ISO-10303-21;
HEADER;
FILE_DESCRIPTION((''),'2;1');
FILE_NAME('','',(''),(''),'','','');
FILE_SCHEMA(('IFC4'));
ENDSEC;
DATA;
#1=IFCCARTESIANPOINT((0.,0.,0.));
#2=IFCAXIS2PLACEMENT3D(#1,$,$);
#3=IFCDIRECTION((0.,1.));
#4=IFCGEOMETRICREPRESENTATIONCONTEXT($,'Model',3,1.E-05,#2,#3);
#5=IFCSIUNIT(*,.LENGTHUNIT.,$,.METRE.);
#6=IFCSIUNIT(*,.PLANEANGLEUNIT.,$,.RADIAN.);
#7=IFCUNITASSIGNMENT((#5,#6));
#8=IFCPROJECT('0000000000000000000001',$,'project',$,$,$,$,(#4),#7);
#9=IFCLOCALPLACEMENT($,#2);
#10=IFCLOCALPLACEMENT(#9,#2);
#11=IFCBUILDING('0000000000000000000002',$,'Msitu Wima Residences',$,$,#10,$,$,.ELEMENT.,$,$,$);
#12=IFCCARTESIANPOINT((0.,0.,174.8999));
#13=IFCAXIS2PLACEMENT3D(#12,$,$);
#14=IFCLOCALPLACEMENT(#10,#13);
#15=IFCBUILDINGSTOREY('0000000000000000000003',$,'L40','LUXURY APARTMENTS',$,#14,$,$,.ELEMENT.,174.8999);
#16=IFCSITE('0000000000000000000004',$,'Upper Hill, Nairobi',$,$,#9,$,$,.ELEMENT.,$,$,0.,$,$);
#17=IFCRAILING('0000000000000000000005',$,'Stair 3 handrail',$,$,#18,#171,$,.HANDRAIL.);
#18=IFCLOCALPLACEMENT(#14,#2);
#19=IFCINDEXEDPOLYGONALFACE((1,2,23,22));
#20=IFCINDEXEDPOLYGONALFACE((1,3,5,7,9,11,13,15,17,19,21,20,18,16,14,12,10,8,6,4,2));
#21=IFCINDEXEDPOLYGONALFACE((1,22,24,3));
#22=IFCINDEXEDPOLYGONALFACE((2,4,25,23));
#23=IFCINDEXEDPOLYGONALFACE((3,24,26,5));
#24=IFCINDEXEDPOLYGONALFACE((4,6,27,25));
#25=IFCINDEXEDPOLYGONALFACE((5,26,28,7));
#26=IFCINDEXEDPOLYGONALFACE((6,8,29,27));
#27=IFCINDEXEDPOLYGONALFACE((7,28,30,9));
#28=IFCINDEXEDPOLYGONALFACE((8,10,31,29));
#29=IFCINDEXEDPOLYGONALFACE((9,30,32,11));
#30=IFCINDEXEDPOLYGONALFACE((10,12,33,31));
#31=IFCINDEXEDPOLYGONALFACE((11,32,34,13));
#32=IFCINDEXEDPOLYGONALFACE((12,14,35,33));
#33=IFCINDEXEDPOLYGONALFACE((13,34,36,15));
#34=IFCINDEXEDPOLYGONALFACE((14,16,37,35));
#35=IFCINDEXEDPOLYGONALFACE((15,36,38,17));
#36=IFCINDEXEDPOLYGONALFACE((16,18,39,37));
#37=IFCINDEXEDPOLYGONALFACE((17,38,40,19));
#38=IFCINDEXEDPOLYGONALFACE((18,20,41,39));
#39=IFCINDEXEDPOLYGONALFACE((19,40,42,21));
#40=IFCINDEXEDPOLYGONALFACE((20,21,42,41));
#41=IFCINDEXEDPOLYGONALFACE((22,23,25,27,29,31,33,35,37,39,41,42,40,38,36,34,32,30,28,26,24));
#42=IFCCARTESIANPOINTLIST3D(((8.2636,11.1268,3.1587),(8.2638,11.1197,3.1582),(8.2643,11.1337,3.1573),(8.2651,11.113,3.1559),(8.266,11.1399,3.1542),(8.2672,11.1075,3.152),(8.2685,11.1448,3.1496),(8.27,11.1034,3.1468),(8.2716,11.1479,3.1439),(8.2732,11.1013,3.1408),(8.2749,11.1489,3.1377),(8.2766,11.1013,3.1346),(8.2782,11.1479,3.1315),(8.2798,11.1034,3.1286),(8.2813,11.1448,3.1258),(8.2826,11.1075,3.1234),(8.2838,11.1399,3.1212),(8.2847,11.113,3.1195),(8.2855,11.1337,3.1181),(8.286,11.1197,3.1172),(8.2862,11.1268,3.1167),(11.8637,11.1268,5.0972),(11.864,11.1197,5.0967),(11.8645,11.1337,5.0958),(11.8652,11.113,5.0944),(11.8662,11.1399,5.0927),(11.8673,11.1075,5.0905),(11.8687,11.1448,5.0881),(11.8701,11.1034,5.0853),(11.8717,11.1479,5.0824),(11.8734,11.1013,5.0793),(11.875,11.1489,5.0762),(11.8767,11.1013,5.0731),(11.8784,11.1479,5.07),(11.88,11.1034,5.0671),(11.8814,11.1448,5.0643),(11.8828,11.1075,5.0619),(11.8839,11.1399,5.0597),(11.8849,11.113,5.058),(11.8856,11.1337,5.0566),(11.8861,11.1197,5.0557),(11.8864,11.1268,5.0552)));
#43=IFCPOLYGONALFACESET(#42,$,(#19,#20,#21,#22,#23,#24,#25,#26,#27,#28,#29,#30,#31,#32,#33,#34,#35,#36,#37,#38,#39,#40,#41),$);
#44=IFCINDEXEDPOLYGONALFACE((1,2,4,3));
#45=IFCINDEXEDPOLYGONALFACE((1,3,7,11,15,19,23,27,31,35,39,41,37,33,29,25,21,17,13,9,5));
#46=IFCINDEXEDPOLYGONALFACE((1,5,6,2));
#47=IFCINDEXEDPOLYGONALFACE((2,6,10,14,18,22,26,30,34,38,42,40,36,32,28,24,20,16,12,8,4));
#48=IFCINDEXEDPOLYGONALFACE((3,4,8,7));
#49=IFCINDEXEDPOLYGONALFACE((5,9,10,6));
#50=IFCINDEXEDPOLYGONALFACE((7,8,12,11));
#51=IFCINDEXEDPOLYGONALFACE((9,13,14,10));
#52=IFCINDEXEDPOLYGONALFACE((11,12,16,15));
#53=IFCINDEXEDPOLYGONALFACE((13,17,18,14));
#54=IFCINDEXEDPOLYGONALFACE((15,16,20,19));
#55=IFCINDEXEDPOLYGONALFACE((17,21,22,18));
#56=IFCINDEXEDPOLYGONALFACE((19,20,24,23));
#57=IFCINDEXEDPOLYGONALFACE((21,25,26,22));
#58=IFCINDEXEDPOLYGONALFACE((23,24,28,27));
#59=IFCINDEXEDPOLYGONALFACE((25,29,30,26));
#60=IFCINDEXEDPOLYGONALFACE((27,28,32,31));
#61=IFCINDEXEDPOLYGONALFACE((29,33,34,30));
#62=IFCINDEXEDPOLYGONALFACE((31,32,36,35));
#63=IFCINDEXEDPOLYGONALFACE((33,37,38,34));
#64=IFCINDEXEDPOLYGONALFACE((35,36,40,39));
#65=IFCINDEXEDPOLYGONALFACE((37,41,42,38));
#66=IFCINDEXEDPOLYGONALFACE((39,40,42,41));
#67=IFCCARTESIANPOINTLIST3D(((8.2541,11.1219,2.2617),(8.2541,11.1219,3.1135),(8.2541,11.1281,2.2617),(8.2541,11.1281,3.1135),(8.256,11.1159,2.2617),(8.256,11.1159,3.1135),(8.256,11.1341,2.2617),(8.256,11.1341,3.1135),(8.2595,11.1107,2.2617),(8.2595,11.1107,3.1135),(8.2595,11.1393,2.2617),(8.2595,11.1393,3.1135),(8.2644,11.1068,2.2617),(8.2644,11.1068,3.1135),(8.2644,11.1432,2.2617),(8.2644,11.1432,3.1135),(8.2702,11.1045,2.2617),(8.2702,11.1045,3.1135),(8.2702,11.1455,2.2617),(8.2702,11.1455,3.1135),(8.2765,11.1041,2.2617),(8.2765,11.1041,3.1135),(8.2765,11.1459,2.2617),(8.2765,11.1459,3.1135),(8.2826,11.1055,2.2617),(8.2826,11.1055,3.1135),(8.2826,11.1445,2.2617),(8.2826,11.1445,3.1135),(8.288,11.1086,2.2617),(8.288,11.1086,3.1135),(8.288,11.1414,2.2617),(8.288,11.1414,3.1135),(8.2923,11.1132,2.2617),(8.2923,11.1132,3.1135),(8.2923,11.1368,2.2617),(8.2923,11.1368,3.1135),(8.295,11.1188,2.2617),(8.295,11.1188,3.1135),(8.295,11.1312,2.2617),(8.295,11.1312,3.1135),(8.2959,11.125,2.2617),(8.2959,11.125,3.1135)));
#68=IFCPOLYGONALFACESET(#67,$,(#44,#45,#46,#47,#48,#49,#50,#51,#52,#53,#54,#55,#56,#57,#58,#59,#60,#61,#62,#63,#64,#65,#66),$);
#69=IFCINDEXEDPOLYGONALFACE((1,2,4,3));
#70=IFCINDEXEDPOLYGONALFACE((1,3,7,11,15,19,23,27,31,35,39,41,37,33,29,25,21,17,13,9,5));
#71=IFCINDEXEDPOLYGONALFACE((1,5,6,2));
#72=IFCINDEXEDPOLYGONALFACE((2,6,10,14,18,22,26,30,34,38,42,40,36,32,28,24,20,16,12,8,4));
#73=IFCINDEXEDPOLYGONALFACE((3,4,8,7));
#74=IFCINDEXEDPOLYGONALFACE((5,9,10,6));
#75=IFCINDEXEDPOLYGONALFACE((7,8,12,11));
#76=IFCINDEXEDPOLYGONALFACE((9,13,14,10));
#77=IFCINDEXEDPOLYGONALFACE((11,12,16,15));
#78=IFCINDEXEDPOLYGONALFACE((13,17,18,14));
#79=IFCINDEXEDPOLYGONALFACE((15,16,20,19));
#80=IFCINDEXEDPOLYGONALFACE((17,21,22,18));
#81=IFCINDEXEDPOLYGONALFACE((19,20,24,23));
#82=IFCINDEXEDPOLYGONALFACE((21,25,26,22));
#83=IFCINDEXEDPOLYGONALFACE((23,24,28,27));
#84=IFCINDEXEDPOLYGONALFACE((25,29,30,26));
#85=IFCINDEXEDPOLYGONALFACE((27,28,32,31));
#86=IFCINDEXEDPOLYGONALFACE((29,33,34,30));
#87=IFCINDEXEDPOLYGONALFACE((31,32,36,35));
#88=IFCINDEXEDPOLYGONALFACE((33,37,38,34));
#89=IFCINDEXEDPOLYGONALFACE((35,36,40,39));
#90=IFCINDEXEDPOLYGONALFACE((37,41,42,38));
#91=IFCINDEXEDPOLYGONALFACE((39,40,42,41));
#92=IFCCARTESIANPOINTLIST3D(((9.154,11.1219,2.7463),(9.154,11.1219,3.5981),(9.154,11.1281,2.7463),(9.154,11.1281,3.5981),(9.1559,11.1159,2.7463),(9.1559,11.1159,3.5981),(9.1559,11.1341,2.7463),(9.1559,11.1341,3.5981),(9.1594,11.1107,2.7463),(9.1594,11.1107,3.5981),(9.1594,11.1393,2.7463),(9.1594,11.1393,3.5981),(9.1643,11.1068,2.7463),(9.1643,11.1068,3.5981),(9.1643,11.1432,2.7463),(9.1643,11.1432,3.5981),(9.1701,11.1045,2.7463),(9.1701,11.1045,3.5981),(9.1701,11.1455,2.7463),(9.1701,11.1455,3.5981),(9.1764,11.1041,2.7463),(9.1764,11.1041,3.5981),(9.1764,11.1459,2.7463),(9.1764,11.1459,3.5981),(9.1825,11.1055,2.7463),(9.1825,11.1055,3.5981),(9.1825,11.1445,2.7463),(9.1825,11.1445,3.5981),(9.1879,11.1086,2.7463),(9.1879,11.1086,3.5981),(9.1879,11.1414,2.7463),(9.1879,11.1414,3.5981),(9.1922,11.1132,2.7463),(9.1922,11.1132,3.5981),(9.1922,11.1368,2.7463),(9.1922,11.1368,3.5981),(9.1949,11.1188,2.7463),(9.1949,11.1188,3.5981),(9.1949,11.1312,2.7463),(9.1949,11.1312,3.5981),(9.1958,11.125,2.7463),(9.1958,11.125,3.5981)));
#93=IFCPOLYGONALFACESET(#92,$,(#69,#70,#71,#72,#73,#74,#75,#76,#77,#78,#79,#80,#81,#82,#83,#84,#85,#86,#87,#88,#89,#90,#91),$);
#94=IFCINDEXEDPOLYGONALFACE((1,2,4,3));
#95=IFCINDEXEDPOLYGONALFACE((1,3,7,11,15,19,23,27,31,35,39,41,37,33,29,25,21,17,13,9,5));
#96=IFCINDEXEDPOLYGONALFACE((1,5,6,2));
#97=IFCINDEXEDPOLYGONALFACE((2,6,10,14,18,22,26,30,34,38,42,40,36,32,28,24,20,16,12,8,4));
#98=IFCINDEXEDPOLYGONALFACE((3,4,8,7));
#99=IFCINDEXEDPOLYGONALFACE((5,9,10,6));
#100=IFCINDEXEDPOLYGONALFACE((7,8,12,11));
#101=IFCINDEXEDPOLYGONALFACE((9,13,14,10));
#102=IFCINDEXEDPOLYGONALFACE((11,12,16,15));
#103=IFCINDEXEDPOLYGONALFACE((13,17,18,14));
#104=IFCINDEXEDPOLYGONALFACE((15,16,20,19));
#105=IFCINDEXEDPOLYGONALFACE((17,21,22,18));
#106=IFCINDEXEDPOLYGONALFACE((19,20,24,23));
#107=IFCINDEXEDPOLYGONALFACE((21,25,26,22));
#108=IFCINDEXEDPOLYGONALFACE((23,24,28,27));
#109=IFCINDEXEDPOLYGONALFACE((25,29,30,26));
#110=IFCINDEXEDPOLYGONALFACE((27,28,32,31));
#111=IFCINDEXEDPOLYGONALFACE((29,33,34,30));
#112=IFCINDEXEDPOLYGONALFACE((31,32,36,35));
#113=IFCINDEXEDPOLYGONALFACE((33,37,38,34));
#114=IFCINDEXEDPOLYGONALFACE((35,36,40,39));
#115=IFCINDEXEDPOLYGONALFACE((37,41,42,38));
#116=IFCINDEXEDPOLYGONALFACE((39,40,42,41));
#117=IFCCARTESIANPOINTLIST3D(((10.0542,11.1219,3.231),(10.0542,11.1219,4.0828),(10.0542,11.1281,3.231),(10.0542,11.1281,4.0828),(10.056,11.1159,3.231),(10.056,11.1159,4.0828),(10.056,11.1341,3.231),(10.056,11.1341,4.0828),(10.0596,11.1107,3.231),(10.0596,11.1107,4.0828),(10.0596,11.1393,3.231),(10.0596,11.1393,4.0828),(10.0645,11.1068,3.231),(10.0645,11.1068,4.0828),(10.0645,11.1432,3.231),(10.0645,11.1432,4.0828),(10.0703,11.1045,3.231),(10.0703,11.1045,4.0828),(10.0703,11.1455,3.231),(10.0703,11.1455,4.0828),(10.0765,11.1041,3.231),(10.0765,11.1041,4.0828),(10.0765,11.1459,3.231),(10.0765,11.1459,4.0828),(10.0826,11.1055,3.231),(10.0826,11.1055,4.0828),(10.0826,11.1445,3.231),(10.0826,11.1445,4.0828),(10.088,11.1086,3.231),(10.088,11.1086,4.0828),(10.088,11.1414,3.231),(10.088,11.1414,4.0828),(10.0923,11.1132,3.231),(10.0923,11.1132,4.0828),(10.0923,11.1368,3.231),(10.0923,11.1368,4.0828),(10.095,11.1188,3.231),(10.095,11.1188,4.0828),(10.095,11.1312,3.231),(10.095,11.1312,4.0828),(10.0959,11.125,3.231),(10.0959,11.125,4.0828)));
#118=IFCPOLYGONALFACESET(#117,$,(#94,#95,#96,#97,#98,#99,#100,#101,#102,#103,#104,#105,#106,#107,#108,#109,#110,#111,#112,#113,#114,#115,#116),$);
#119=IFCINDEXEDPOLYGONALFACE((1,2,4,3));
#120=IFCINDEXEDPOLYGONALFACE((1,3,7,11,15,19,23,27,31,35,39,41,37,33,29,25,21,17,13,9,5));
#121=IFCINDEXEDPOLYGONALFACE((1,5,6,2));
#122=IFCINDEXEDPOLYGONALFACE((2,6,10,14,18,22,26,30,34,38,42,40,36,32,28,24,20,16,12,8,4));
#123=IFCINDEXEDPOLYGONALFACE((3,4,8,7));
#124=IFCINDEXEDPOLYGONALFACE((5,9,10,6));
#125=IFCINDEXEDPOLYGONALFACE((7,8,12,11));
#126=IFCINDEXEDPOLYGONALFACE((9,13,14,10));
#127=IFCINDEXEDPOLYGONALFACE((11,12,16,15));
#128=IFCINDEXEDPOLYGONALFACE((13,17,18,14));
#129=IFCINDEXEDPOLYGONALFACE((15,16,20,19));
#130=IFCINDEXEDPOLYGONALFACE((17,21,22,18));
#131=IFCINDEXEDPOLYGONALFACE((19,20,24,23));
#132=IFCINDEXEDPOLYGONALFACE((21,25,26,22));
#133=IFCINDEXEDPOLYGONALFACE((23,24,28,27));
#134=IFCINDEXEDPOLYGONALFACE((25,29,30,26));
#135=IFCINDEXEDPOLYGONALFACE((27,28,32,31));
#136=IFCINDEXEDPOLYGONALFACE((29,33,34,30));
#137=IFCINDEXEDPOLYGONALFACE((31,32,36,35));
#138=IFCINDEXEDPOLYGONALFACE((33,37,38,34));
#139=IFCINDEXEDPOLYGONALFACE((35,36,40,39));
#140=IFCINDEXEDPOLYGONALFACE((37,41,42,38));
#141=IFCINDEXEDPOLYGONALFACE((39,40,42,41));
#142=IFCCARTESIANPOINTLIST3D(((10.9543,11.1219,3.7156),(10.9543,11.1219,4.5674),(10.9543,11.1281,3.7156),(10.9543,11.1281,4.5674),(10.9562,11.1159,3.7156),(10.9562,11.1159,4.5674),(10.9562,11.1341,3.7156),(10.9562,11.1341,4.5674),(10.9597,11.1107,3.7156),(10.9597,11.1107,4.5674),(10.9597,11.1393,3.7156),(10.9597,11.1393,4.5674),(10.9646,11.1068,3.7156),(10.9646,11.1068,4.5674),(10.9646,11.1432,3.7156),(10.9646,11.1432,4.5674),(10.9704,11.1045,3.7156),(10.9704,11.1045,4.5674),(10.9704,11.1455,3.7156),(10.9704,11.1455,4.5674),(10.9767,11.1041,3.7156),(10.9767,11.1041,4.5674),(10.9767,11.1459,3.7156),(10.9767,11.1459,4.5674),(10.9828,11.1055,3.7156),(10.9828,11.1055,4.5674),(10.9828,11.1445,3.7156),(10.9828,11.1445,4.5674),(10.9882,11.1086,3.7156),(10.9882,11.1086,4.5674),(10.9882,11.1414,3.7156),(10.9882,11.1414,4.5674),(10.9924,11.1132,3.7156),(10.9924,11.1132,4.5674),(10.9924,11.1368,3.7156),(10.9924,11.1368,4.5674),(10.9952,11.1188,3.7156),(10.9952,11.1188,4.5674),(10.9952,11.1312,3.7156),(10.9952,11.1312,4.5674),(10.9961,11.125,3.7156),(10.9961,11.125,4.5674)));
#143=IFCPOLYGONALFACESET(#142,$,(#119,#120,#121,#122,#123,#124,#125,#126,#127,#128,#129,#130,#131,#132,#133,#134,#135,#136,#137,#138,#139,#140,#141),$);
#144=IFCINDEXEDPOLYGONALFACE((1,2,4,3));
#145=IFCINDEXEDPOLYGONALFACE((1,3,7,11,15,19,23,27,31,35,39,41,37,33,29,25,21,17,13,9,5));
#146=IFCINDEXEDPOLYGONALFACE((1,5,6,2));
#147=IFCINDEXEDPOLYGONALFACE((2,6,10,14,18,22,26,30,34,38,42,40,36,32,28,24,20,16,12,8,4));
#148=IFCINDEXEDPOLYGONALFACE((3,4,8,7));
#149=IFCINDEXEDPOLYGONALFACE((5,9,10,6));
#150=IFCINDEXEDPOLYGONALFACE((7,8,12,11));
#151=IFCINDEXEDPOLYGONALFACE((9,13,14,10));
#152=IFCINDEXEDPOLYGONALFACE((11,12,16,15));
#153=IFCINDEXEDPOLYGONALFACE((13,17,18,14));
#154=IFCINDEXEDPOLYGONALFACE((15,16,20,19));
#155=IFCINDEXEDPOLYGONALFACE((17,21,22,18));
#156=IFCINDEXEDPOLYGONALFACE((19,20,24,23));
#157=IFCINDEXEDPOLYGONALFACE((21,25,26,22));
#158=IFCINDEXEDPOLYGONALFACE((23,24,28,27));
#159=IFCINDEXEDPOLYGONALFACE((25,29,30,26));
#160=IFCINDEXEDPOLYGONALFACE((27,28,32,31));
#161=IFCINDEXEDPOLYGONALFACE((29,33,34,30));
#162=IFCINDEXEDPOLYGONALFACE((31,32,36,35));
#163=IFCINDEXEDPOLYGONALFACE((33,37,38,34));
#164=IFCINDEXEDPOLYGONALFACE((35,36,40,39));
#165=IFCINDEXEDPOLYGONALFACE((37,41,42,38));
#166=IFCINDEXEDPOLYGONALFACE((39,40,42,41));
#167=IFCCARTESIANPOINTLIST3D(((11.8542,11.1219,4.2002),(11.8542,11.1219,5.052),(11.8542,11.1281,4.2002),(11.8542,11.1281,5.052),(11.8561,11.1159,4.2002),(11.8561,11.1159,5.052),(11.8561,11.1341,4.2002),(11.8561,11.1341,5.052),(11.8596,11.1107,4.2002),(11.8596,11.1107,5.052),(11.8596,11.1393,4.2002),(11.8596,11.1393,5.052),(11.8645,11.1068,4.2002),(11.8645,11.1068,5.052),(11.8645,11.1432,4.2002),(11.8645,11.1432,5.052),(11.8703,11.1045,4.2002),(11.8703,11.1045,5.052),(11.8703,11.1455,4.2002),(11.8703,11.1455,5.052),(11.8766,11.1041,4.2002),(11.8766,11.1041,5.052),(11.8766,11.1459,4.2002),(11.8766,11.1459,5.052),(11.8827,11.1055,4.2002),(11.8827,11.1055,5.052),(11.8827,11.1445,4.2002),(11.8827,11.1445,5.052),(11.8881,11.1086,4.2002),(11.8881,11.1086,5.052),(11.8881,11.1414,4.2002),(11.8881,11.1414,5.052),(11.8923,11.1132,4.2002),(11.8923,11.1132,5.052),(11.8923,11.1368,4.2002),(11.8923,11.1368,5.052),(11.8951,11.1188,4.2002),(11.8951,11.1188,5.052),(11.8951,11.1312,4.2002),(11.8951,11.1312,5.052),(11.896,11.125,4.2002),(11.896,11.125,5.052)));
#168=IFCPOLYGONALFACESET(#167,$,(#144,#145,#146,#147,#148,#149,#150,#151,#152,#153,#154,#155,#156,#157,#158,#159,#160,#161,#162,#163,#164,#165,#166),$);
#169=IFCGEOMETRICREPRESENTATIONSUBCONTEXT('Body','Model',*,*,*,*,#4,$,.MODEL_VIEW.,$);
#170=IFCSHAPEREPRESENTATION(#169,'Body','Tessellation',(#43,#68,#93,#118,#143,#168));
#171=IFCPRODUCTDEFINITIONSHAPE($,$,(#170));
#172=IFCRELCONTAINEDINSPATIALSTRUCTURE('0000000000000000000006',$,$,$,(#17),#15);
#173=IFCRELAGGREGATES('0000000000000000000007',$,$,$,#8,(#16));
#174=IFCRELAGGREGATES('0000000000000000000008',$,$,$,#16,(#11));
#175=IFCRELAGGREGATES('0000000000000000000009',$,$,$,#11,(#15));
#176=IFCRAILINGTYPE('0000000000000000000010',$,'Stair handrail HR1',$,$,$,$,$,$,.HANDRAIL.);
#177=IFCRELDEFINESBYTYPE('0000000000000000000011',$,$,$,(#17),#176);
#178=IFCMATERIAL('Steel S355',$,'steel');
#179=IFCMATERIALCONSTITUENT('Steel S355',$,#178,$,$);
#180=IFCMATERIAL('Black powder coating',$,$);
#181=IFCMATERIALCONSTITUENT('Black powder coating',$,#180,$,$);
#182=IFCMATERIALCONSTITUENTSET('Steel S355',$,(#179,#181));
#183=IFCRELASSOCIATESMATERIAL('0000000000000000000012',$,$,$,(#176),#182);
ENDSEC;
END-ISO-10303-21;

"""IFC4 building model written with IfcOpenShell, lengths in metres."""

from ifc_helpers import new_model, si_unit, direction, frame, origin, origin_2d, place, context, subcontext, project, spatial, circle, extrude, material, constituent, constituent_set, type_object, element, save


model = new_model("IFC4")

# Units and contexts
model_context = context("Model", 3, precision=1e-05, world=origin(), true_north=direction((0.0, 1.0)))
body_context = subcontext(model_context, "Body", "Model", "MODEL_VIEW")
ifc_project = project(units=[si_unit("LENGTHUNIT", "METRE"), si_unit("PLANEANGLEUNIT", "RADIAN")], contexts=[model_context])

# Site, building, storey
site_placement = place(None, origin())
site = spatial("IfcSite", under=ifc_project, at=site_placement, Name="Upper Hill, Nairobi", CompositionType="ELEMENT", RefElevation=0.0)
building_placement = place(site_placement, origin())
building = spatial("IfcBuilding", under=site, at=building_placement, Name="Msitu Wima Residences", CompositionType="ELEMENT")
storey_placement = place(building_placement, frame((0.0, 0.0, 174.8999)))
storey = spatial("IfcBuildingStorey", under=building, at=storey_placement, Name="L40", Description="LUXURY APARTMENTS", CompositionType="ELEMENT", Elevation=174.8999)

# Railing
ifc_material_1 = material(Name="Steel S355", Category="steel")
ifc_constituent_1 = constituent(ifc_material_1, Name="Steel S355")
ifc_material_2 = material(Name="Black powder coating")
ifc_constituent_2 = constituent(ifc_material_2, Name="Black powder coating")
ifc_constituent_set_1 = constituent_set(constituents=[ifc_constituent_1, ifc_constituent_2], Name="Steel S355")
railing_type_1 = type_object("IfcRailingType", Name="Stair handrail HR1", PredefinedType="HANDRAIL", material=ifc_constituent_set_1)
railing_1_placement = place(storey_placement, frame((8.2749, 11.125, 2.2617)))
element("IfcRailing", 1, at=railing_1_placement, inside=storey, type_object=railing_type_1, Name="Stair 3 handrail", PredefinedType="HANDRAIL", context=body_context, shape_type="SweptSolid", body=[
    extrude(circle(Radius=0.0239, at=origin_2d()), frame((0.0, 0.0, 0.876), z_axis=(0.880475, 0.0, 0.474093), x_axis=(0.0, 1.0, 0.0)), (0.0, 0.0, 1.0), 4.0889),
    extrude(circle(Radius=0.021, at=origin_2d()), origin(), (0.0, 0.0, 1.0), 0.8518),
    extrude(circle(Radius=0.021, at=origin_2d()), frame((0.8999, 0.0, 0.4846)), (0.0, 0.0, 1.0), 0.8518),
    extrude(circle(Radius=0.021, at=origin_2d()), frame((1.8, 0.0, 0.9692)), (0.0, 0.0, 1.0), 0.8518),
    extrude(circle(Radius=0.021, at=origin_2d()), frame((2.7002, 0.0, 1.4539)), (0.0, 0.0, 1.0), 0.8518),
    extrude(circle(Radius=0.021, at=origin_2d()), frame((3.6001, 0.0, 1.9385)), (0.0, 0.0, 1.0), 0.8518),
])

save(model, "model.ifc")
